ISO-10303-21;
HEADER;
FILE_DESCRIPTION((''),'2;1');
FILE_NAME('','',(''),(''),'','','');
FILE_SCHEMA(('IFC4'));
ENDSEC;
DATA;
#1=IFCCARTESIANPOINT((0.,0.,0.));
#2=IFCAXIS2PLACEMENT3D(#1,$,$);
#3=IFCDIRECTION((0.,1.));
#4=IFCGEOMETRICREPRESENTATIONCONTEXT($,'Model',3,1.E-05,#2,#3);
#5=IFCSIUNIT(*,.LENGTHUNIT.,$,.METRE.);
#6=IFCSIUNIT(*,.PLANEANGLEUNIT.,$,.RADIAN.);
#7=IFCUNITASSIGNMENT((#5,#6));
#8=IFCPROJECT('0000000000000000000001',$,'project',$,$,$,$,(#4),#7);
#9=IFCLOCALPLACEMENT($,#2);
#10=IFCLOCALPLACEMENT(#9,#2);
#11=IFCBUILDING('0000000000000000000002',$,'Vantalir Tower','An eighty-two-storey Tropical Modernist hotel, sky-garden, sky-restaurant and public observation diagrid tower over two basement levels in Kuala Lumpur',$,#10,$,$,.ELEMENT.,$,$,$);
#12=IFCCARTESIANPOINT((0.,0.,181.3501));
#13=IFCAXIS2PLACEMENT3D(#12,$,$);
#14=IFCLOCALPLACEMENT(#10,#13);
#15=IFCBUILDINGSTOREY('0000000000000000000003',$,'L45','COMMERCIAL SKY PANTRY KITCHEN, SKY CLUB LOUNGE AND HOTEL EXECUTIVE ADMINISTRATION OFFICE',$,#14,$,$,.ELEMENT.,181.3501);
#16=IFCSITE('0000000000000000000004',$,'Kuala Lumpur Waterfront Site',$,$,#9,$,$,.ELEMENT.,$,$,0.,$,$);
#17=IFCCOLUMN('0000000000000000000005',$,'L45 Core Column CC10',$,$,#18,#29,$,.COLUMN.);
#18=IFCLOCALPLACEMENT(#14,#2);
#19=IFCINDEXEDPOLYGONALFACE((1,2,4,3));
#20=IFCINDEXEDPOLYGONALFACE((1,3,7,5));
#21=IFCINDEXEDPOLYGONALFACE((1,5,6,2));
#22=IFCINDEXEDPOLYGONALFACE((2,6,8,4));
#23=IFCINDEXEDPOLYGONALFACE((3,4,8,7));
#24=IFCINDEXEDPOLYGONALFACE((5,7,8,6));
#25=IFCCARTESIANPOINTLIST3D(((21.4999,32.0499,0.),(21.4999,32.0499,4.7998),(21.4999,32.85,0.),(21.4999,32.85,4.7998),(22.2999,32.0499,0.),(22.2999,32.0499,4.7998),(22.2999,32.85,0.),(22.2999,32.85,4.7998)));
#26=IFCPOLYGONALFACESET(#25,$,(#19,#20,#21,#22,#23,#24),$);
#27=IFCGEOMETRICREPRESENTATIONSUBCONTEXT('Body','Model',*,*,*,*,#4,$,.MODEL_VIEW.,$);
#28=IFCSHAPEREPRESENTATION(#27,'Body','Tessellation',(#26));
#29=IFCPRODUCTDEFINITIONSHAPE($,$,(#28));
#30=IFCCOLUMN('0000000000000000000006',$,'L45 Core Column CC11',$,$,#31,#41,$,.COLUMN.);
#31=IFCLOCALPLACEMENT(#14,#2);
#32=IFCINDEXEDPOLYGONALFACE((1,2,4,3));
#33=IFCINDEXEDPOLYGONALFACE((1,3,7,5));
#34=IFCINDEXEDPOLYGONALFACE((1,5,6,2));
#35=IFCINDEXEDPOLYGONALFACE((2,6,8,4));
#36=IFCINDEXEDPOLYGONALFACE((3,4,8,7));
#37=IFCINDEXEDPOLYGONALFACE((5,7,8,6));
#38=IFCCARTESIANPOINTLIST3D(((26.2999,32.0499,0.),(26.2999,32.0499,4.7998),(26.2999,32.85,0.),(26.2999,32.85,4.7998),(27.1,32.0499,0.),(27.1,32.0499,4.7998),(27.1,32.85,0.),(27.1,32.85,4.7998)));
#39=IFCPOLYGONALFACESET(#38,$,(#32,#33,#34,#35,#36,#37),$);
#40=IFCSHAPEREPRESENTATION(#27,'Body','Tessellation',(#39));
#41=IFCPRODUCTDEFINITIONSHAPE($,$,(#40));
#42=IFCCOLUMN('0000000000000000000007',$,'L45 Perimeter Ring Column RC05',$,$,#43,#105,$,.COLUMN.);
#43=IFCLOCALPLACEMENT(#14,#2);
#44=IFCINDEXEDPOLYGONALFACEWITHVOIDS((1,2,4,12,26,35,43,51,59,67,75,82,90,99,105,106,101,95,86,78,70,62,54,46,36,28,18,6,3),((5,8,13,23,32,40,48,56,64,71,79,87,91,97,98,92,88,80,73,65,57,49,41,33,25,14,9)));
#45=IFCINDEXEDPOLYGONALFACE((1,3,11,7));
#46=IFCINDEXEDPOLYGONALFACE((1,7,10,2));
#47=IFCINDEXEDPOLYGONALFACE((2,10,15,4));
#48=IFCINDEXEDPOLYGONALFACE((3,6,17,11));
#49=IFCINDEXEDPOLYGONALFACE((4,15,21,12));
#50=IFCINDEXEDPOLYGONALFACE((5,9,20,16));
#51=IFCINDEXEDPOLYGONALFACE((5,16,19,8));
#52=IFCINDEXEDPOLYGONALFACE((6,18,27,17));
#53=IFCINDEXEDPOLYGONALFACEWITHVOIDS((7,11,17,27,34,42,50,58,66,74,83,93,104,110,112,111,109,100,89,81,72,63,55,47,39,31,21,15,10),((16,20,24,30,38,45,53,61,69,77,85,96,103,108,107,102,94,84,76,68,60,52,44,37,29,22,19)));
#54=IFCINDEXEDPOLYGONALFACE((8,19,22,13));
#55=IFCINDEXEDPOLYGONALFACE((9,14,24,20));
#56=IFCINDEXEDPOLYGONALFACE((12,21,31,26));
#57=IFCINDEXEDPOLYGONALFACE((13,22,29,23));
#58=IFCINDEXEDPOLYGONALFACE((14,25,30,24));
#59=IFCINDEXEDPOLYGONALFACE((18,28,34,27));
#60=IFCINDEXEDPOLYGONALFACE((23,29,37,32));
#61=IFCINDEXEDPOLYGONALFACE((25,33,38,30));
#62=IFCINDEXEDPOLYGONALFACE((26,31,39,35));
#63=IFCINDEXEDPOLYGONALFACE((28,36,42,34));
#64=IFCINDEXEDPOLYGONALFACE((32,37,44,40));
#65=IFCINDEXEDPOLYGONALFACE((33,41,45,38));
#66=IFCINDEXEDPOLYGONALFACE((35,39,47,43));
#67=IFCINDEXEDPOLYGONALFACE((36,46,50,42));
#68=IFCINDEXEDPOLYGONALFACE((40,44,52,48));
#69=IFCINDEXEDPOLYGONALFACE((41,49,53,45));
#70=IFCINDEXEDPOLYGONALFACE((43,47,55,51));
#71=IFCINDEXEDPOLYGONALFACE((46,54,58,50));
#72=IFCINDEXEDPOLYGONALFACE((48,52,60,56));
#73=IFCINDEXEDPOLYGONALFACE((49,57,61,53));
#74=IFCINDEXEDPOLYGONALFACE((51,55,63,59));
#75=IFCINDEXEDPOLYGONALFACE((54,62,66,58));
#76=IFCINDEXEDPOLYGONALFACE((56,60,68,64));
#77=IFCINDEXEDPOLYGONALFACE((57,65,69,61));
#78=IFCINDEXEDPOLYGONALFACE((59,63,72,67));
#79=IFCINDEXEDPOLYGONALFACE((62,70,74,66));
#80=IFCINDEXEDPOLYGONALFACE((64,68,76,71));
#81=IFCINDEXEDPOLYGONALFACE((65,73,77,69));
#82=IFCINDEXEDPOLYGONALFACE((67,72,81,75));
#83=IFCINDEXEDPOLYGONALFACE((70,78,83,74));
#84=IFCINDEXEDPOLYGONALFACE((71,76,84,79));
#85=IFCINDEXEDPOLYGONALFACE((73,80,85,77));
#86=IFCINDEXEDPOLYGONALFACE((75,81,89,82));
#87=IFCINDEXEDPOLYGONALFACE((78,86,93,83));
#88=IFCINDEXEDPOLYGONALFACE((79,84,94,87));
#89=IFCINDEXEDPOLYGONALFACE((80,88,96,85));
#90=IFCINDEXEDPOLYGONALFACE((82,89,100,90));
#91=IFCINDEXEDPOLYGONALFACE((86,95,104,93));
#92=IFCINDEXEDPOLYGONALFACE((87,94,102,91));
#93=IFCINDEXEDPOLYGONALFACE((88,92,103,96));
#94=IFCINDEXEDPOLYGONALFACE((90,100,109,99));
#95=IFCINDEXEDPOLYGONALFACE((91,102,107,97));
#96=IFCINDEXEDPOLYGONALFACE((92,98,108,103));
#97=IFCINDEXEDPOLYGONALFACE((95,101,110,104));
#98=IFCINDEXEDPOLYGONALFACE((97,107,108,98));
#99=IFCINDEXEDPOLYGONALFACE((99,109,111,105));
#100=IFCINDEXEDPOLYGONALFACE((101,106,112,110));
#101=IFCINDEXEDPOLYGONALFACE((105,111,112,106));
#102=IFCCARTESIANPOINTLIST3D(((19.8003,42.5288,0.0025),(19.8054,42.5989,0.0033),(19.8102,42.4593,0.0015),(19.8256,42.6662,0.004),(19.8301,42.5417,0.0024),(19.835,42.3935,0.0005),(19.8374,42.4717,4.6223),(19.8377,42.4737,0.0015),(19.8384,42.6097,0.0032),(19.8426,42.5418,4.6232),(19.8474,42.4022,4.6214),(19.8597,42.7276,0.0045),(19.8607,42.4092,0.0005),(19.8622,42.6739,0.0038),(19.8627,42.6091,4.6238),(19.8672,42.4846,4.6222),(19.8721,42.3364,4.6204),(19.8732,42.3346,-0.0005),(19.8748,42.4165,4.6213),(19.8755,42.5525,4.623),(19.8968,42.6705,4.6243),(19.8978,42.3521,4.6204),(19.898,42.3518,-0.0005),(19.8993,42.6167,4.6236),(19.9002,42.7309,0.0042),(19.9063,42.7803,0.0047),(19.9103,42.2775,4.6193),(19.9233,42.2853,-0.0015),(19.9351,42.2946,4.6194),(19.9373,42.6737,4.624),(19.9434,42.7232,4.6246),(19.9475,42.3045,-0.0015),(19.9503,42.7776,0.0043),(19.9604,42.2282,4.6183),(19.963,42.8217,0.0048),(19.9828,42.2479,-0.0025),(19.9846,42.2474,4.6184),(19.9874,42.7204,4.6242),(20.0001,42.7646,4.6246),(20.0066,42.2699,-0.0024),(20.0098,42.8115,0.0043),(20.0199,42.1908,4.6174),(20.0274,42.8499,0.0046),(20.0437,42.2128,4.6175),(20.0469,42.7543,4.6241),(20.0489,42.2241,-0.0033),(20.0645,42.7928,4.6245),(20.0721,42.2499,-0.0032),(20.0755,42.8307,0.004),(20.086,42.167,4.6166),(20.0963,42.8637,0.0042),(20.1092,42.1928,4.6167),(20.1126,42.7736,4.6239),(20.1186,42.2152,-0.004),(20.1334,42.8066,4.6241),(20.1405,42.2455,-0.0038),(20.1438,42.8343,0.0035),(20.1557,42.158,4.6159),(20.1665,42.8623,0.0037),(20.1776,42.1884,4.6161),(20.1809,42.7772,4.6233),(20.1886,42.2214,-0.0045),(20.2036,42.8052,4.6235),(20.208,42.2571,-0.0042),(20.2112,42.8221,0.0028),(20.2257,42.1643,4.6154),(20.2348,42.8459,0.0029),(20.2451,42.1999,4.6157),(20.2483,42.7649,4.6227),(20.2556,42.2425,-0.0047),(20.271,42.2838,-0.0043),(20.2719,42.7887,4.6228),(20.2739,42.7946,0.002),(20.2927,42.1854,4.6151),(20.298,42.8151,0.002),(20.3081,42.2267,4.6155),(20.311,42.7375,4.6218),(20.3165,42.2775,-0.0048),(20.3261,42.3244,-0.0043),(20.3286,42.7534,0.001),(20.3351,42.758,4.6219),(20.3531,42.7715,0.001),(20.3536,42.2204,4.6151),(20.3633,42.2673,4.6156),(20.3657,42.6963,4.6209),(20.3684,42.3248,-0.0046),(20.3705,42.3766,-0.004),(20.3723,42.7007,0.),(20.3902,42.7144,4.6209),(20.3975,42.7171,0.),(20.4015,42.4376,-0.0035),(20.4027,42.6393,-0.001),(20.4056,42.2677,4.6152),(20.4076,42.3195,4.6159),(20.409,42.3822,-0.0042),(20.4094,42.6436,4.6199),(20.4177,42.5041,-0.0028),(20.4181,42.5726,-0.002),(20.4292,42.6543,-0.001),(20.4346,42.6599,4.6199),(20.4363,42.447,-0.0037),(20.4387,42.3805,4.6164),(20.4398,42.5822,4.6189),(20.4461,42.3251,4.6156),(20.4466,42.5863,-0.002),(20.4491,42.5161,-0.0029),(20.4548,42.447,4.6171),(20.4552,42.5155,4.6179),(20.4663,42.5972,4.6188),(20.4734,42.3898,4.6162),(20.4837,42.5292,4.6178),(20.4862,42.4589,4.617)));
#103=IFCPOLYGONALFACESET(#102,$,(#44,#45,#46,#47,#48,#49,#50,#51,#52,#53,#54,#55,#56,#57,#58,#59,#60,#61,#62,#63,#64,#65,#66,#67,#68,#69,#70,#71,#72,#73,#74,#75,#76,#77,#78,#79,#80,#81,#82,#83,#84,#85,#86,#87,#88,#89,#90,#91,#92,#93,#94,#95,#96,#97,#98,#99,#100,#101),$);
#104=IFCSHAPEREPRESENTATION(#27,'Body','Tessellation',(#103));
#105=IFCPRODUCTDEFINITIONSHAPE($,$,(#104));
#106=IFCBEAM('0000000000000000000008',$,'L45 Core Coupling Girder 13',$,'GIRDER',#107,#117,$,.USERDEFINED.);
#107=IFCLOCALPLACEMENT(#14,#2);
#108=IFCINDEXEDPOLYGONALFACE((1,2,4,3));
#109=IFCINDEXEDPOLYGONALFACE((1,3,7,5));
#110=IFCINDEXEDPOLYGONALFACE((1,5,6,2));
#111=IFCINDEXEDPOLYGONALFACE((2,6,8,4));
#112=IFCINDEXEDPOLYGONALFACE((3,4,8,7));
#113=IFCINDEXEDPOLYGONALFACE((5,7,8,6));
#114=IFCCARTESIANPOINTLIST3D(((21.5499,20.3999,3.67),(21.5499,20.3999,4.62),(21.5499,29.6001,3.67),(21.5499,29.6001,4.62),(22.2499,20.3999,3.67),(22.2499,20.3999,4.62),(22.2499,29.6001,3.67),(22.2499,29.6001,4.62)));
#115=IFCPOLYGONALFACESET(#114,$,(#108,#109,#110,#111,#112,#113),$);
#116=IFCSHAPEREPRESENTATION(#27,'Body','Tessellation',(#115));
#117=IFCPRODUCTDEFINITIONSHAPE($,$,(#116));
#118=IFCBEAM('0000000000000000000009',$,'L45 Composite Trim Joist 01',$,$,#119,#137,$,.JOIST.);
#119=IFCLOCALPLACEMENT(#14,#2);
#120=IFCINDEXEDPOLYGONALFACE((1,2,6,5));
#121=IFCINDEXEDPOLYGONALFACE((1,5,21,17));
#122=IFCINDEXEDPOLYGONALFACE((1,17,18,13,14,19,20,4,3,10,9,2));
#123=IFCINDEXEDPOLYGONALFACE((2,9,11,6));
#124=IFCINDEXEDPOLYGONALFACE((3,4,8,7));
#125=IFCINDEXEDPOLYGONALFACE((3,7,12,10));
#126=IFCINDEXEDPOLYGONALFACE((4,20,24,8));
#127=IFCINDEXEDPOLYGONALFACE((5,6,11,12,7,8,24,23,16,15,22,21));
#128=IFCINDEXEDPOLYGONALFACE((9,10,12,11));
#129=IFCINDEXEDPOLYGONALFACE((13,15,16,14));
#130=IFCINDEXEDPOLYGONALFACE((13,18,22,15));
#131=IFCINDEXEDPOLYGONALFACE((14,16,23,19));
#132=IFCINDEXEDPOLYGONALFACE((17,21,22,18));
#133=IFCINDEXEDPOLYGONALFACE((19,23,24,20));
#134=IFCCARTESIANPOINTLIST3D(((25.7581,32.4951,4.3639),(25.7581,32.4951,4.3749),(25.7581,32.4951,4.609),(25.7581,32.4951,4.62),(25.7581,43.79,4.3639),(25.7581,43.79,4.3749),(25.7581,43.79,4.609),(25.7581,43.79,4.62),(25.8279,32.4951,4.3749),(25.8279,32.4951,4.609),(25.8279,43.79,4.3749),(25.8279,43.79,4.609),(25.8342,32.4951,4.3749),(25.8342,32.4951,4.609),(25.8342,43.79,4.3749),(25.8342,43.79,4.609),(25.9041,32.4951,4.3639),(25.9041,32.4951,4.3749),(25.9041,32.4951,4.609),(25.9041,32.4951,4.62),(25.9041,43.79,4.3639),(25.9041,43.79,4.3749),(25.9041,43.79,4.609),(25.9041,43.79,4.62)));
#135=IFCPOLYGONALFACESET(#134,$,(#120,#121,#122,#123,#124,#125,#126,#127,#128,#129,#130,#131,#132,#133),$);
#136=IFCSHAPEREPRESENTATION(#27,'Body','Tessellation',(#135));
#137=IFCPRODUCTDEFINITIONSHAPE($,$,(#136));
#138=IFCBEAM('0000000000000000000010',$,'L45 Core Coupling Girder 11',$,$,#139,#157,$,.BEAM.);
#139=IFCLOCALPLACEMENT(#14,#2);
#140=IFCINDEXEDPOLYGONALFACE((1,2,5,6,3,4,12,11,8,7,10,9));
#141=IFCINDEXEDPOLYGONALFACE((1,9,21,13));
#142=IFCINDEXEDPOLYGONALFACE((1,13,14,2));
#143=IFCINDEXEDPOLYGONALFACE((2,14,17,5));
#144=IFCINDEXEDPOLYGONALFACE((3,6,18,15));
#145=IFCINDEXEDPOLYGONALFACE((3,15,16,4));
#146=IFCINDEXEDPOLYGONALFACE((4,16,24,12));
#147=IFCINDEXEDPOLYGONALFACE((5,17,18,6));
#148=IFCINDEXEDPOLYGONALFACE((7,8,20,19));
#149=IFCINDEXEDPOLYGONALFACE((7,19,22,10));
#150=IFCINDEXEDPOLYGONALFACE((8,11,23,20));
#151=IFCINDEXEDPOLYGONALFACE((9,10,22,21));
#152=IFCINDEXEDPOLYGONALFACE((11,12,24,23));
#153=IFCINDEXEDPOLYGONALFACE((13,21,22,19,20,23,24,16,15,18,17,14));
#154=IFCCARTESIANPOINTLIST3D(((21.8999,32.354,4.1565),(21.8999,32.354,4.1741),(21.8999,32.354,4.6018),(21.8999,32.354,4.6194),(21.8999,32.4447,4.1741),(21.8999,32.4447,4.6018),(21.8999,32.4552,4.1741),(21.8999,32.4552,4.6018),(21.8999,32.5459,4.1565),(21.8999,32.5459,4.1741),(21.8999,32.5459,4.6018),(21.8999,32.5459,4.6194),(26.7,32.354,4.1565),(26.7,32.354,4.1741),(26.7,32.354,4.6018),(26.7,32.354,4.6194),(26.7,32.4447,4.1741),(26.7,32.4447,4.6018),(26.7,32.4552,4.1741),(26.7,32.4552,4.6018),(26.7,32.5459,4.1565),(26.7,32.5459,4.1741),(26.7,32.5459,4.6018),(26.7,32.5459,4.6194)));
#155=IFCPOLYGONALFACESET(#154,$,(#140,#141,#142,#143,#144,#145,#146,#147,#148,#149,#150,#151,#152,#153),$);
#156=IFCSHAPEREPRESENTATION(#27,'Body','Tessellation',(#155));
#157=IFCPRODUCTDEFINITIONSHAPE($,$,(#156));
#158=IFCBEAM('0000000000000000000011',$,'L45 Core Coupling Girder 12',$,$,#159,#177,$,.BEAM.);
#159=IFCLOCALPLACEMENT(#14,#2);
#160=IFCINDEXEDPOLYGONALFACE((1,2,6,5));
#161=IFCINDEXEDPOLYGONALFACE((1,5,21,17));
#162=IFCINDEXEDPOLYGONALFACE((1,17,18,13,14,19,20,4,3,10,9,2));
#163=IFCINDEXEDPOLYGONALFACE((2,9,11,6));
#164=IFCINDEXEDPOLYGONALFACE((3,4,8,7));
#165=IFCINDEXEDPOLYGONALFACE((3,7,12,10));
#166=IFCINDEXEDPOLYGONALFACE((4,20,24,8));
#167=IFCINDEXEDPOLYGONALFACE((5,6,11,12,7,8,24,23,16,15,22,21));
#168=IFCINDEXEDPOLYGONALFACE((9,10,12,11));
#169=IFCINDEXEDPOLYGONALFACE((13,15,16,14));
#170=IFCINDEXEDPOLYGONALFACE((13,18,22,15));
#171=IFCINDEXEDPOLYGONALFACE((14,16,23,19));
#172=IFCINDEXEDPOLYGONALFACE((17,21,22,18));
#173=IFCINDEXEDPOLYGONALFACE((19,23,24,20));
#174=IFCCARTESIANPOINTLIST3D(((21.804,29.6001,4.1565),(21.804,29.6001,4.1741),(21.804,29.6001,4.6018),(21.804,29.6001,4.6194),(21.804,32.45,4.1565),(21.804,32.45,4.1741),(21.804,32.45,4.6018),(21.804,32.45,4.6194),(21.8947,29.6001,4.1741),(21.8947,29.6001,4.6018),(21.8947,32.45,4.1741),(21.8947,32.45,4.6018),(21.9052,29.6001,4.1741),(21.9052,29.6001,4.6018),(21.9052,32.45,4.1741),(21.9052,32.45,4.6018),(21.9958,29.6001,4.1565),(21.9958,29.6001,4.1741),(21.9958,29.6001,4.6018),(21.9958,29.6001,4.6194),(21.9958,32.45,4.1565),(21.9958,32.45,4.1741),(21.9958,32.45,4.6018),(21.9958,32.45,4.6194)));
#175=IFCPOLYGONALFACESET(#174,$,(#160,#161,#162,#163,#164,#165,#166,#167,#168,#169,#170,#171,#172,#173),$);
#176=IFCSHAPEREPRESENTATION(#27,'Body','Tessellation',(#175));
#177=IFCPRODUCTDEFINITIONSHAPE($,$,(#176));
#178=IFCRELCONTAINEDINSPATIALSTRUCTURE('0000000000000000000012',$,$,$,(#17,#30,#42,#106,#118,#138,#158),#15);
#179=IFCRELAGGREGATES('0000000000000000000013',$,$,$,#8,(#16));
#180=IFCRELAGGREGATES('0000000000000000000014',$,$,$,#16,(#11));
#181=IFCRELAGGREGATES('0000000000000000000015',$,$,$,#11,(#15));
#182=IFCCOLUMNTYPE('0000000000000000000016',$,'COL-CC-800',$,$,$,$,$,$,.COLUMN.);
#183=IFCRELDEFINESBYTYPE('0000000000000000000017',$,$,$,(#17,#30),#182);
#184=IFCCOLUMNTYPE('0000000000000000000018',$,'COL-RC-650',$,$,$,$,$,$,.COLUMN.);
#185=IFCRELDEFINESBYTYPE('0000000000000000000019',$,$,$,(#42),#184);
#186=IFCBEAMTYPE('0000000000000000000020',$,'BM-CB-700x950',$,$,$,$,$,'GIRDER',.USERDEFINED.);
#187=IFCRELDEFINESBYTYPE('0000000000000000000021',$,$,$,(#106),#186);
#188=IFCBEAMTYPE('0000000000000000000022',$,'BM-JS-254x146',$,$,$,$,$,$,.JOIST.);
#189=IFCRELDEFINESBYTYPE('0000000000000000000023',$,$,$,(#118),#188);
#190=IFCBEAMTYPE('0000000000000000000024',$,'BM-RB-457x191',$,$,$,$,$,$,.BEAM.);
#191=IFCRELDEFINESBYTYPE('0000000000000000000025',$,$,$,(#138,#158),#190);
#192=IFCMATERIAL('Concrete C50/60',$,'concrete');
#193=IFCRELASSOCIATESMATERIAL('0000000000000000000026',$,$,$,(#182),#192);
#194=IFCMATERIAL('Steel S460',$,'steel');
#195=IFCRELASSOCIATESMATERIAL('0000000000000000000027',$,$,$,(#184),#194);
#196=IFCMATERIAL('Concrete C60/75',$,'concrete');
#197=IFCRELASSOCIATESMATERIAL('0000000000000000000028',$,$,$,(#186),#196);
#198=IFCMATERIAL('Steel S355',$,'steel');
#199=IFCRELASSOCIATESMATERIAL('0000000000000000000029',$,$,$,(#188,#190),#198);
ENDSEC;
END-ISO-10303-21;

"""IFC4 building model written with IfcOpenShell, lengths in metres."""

from ifc_helpers import new_model, si_unit, direction, frame, origin, origin_2d, place, context, subcontext, project, spatial, rectangle, hollow_circle, i_section, extrude, material, material_profile, profile_set, type_object, element, save


model = new_model("IFC4")

# Units and contexts
model_context = context("Model", 3, precision=1e-05, world=origin(), true_north=direction((0.0, 1.0)))
body_context = subcontext(model_context, "Body", "Model", "MODEL_VIEW")
ifc_project = project(units=[si_unit("LENGTHUNIT", "METRE"), si_unit("PLANEANGLEUNIT", "RADIAN")], contexts=[model_context])

# Site, building, storey
site_placement = place(None, origin())
site = spatial("IfcSite", under=ifc_project, at=site_placement, Name="Kuala Lumpur Waterfront Site", CompositionType="ELEMENT", RefElevation=0.0)
building_placement = place(site_placement, origin())
building = spatial("IfcBuilding", under=site, at=building_placement, Name="Vantalir Tower", Description="An eighty-two-storey Tropical Modernist hotel, sky-garden, sky-restaurant and public observation diagrid tower over two basement levels in Kuala Lumpur", CompositionType="ELEMENT")
storey_placement = place(building_placement, frame((0.0, 0.0, 181.3501)))
storey = spatial("IfcBuildingStorey", under=building, at=storey_placement, Name="L45", Description="COMMERCIAL SKY PANTRY KITCHEN, SKY CLUB LOUNGE AND HOTEL EXECUTIVE ADMINISTRATION OFFICE", CompositionType="ELEMENT", Elevation=181.3501)

# Columns
ifc_material_1 = material(Name="Concrete C50/60", Category="concrete")
ifc_material_profile_1 = material_profile(ifc_material_1, rectangle(XDim=0.8, YDim=0.8, at=origin_2d()), Name="Concrete C50/60")
ifc_profile_set_1 = profile_set([ifc_material_profile_1], Name="Concrete C50/60")
column_type_1 = type_object("IfcColumnType", Name="COL-CC-800", PredefinedType="COLUMN", material=ifc_profile_set_1)
for number, where, z_axis, x_axis, name in (
    (1, (21.8999, 32.45, 0.0), (0.0, 0.0, 1.0), (1.0, 0.0, 0.0), "L45 Core Column CC10"),
    (2, (26.7, 32.45, 0.0), (0.0, 0.0, 1.0), (1.0, 0.0, 0.0), "L45 Core Column CC11"),
):
    element("IfcColumn", number, at=place(storey_placement, frame(where, z_axis=z_axis, x_axis=x_axis)), inside=storey, type_object=column_type_1, Name=name, PredefinedType="COLUMN", context=body_context, shape_type="SweptSolid", body=[
        extrude(rectangle(XDim=0.8, YDim=0.8, at=origin_2d()), origin(), (0.0, 0.0, 1.0), 4.7998),
    ])
ifc_material_2 = material(Name="Steel S460", Category="steel")
ifc_material_profile_2 = material_profile(ifc_material_2, hollow_circle(Radius=0.325, WallThickness=0.03, at=origin_2d()), Name="Steel S460")
ifc_profile_set_2 = profile_set([ifc_material_profile_2], Name="Steel S460")
column_type_2 = type_object("IfcColumnType", Name="COL-RC-650", PredefinedType="COLUMN", material=ifc_profile_set_2)
column_placement = place(storey_placement, frame((20.125, 42.54, 0.0), z_axis=(0.008032, -0.012365, 0.999891), x_axis=(0.838607, 0.544736, 0.0)))
element("IfcColumn", 3, at=column_placement, inside=storey, type_object=column_type_2, Name="L45 Perimeter Ring Column RC05", PredefinedType="COLUMN", context=body_context, shape_type="SweptSolid", body=[
    extrude(hollow_circle(Radius=0.325, WallThickness=0.03, at=origin_2d()), origin(), (0.0, 0.0, 1.0), 4.6204),
])

# Beams
ifc_material_3 = material(Name="Concrete C60/75", Category="concrete")
ifc_material_profile_3 = material_profile(ifc_material_3, rectangle(XDim=0.7, YDim=0.95, at=origin_2d()), Name="Concrete C60/75")
ifc_profile_set_3 = profile_set([ifc_material_profile_3], Name="Concrete C60/75")
beam_type_1 = type_object("IfcBeamType", Name="BM-CB-700x950", ElementType="GIRDER", PredefinedType="USERDEFINED", material=ifc_profile_set_3)
beam_1_placement = place(storey_placement, frame((21.8999, 29.6001, 4.145), z_axis=(0.0, -1.0, 0.0), x_axis=(1.0, 0.0, 0.0)))
element("IfcBeam", 4, at=beam_1_placement, inside=storey, type_object=beam_type_1, Name="L45 Core Coupling Girder 13", ObjectType="GIRDER", PredefinedType="USERDEFINED", context=body_context, shape_type="SweptSolid", body=[
    extrude(rectangle(XDim=0.7, YDim=0.95, at=origin_2d()), origin(), (0.0, 0.0, 1.0), 9.2002),
])
ifc_material_4 = material(Name="Steel S355", Category="steel")
ifc_material_profile_4 = material_profile(ifc_material_4, i_section(OverallWidth=0.146, OverallDepth=0.2561, WebThickness=0.0063, FlangeThickness=0.011, at=origin_2d()), Name="Steel S355")
ifc_profile_set_4 = profile_set([ifc_material_profile_4], Name="Steel S355")
beam_type_2 = type_object("IfcBeamType", Name="BM-JS-254x146", PredefinedType="JOIST", material=ifc_profile_set_4)
beam_2_placement = place(storey_placement, frame((25.8311, 43.79, 4.4919), z_axis=(0.0, -1.0, 0.0), x_axis=(1.0, 0.0, 0.0)))
element("IfcBeam", 5, at=beam_2_placement, inside=storey, type_object=beam_type_2, Name="L45 Composite Trim Joist 01", PredefinedType="JOIST", context=body_context, shape_type="SweptSolid", body=[
    extrude(i_section(OverallWidth=0.146, OverallDepth=0.2561, WebThickness=0.0063, FlangeThickness=0.011, at=origin_2d()), origin(), (0.0, 0.0, 1.0), 11.2949),
])
ifc_material_profile_5 = material_profile(ifc_material_4, i_section(OverallWidth=0.1919, OverallDepth=0.4629, WebThickness=0.0105, FlangeThickness=0.0176, at=origin_2d()), Name="Steel S355")
ifc_profile_set_5 = profile_set([ifc_material_profile_5], Name="Steel S355")
beam_type_3 = type_object("IfcBeamType", Name="BM-RB-457x191", PredefinedType="BEAM", material=ifc_profile_set_5)
beam_3_placement = place(storey_placement, frame((26.7, 32.45, 4.3879), z_axis=(-1.0, 0.0, 0.0), x_axis=(0.0, -1.0, 0.0)))
element("IfcBeam", 6, at=beam_3_placement, inside=storey, type_object=beam_type_3, Name="L45 Core Coupling Girder 11", PredefinedType="BEAM", context=body_context, shape_type="SweptSolid", body=[
    extrude(i_section(OverallWidth=0.1919, OverallDepth=0.4629, WebThickness=0.0105, FlangeThickness=0.0176, at=origin_2d()), origin(), (0.0, 0.0, 1.0), 4.8),
])
beam_4_placement = place(storey_placement, frame((21.8999, 32.45, 4.3879), z_axis=(0.0, -1.0, 0.0), x_axis=(1.0, 0.0, 0.0)))
element("IfcBeam", 7, at=beam_4_placement, inside=storey, type_object=beam_type_3, Name="L45 Core Coupling Girder 12", PredefinedType="BEAM", context=body_context, shape_type="SweptSolid", body=[
    extrude(i_section(OverallWidth=0.1919, OverallDepth=0.4629, WebThickness=0.0105, FlangeThickness=0.0176, at=origin_2d()), origin(), (0.0, 0.0, 1.0), 2.8499),
])

save(model, "model.ifc")
